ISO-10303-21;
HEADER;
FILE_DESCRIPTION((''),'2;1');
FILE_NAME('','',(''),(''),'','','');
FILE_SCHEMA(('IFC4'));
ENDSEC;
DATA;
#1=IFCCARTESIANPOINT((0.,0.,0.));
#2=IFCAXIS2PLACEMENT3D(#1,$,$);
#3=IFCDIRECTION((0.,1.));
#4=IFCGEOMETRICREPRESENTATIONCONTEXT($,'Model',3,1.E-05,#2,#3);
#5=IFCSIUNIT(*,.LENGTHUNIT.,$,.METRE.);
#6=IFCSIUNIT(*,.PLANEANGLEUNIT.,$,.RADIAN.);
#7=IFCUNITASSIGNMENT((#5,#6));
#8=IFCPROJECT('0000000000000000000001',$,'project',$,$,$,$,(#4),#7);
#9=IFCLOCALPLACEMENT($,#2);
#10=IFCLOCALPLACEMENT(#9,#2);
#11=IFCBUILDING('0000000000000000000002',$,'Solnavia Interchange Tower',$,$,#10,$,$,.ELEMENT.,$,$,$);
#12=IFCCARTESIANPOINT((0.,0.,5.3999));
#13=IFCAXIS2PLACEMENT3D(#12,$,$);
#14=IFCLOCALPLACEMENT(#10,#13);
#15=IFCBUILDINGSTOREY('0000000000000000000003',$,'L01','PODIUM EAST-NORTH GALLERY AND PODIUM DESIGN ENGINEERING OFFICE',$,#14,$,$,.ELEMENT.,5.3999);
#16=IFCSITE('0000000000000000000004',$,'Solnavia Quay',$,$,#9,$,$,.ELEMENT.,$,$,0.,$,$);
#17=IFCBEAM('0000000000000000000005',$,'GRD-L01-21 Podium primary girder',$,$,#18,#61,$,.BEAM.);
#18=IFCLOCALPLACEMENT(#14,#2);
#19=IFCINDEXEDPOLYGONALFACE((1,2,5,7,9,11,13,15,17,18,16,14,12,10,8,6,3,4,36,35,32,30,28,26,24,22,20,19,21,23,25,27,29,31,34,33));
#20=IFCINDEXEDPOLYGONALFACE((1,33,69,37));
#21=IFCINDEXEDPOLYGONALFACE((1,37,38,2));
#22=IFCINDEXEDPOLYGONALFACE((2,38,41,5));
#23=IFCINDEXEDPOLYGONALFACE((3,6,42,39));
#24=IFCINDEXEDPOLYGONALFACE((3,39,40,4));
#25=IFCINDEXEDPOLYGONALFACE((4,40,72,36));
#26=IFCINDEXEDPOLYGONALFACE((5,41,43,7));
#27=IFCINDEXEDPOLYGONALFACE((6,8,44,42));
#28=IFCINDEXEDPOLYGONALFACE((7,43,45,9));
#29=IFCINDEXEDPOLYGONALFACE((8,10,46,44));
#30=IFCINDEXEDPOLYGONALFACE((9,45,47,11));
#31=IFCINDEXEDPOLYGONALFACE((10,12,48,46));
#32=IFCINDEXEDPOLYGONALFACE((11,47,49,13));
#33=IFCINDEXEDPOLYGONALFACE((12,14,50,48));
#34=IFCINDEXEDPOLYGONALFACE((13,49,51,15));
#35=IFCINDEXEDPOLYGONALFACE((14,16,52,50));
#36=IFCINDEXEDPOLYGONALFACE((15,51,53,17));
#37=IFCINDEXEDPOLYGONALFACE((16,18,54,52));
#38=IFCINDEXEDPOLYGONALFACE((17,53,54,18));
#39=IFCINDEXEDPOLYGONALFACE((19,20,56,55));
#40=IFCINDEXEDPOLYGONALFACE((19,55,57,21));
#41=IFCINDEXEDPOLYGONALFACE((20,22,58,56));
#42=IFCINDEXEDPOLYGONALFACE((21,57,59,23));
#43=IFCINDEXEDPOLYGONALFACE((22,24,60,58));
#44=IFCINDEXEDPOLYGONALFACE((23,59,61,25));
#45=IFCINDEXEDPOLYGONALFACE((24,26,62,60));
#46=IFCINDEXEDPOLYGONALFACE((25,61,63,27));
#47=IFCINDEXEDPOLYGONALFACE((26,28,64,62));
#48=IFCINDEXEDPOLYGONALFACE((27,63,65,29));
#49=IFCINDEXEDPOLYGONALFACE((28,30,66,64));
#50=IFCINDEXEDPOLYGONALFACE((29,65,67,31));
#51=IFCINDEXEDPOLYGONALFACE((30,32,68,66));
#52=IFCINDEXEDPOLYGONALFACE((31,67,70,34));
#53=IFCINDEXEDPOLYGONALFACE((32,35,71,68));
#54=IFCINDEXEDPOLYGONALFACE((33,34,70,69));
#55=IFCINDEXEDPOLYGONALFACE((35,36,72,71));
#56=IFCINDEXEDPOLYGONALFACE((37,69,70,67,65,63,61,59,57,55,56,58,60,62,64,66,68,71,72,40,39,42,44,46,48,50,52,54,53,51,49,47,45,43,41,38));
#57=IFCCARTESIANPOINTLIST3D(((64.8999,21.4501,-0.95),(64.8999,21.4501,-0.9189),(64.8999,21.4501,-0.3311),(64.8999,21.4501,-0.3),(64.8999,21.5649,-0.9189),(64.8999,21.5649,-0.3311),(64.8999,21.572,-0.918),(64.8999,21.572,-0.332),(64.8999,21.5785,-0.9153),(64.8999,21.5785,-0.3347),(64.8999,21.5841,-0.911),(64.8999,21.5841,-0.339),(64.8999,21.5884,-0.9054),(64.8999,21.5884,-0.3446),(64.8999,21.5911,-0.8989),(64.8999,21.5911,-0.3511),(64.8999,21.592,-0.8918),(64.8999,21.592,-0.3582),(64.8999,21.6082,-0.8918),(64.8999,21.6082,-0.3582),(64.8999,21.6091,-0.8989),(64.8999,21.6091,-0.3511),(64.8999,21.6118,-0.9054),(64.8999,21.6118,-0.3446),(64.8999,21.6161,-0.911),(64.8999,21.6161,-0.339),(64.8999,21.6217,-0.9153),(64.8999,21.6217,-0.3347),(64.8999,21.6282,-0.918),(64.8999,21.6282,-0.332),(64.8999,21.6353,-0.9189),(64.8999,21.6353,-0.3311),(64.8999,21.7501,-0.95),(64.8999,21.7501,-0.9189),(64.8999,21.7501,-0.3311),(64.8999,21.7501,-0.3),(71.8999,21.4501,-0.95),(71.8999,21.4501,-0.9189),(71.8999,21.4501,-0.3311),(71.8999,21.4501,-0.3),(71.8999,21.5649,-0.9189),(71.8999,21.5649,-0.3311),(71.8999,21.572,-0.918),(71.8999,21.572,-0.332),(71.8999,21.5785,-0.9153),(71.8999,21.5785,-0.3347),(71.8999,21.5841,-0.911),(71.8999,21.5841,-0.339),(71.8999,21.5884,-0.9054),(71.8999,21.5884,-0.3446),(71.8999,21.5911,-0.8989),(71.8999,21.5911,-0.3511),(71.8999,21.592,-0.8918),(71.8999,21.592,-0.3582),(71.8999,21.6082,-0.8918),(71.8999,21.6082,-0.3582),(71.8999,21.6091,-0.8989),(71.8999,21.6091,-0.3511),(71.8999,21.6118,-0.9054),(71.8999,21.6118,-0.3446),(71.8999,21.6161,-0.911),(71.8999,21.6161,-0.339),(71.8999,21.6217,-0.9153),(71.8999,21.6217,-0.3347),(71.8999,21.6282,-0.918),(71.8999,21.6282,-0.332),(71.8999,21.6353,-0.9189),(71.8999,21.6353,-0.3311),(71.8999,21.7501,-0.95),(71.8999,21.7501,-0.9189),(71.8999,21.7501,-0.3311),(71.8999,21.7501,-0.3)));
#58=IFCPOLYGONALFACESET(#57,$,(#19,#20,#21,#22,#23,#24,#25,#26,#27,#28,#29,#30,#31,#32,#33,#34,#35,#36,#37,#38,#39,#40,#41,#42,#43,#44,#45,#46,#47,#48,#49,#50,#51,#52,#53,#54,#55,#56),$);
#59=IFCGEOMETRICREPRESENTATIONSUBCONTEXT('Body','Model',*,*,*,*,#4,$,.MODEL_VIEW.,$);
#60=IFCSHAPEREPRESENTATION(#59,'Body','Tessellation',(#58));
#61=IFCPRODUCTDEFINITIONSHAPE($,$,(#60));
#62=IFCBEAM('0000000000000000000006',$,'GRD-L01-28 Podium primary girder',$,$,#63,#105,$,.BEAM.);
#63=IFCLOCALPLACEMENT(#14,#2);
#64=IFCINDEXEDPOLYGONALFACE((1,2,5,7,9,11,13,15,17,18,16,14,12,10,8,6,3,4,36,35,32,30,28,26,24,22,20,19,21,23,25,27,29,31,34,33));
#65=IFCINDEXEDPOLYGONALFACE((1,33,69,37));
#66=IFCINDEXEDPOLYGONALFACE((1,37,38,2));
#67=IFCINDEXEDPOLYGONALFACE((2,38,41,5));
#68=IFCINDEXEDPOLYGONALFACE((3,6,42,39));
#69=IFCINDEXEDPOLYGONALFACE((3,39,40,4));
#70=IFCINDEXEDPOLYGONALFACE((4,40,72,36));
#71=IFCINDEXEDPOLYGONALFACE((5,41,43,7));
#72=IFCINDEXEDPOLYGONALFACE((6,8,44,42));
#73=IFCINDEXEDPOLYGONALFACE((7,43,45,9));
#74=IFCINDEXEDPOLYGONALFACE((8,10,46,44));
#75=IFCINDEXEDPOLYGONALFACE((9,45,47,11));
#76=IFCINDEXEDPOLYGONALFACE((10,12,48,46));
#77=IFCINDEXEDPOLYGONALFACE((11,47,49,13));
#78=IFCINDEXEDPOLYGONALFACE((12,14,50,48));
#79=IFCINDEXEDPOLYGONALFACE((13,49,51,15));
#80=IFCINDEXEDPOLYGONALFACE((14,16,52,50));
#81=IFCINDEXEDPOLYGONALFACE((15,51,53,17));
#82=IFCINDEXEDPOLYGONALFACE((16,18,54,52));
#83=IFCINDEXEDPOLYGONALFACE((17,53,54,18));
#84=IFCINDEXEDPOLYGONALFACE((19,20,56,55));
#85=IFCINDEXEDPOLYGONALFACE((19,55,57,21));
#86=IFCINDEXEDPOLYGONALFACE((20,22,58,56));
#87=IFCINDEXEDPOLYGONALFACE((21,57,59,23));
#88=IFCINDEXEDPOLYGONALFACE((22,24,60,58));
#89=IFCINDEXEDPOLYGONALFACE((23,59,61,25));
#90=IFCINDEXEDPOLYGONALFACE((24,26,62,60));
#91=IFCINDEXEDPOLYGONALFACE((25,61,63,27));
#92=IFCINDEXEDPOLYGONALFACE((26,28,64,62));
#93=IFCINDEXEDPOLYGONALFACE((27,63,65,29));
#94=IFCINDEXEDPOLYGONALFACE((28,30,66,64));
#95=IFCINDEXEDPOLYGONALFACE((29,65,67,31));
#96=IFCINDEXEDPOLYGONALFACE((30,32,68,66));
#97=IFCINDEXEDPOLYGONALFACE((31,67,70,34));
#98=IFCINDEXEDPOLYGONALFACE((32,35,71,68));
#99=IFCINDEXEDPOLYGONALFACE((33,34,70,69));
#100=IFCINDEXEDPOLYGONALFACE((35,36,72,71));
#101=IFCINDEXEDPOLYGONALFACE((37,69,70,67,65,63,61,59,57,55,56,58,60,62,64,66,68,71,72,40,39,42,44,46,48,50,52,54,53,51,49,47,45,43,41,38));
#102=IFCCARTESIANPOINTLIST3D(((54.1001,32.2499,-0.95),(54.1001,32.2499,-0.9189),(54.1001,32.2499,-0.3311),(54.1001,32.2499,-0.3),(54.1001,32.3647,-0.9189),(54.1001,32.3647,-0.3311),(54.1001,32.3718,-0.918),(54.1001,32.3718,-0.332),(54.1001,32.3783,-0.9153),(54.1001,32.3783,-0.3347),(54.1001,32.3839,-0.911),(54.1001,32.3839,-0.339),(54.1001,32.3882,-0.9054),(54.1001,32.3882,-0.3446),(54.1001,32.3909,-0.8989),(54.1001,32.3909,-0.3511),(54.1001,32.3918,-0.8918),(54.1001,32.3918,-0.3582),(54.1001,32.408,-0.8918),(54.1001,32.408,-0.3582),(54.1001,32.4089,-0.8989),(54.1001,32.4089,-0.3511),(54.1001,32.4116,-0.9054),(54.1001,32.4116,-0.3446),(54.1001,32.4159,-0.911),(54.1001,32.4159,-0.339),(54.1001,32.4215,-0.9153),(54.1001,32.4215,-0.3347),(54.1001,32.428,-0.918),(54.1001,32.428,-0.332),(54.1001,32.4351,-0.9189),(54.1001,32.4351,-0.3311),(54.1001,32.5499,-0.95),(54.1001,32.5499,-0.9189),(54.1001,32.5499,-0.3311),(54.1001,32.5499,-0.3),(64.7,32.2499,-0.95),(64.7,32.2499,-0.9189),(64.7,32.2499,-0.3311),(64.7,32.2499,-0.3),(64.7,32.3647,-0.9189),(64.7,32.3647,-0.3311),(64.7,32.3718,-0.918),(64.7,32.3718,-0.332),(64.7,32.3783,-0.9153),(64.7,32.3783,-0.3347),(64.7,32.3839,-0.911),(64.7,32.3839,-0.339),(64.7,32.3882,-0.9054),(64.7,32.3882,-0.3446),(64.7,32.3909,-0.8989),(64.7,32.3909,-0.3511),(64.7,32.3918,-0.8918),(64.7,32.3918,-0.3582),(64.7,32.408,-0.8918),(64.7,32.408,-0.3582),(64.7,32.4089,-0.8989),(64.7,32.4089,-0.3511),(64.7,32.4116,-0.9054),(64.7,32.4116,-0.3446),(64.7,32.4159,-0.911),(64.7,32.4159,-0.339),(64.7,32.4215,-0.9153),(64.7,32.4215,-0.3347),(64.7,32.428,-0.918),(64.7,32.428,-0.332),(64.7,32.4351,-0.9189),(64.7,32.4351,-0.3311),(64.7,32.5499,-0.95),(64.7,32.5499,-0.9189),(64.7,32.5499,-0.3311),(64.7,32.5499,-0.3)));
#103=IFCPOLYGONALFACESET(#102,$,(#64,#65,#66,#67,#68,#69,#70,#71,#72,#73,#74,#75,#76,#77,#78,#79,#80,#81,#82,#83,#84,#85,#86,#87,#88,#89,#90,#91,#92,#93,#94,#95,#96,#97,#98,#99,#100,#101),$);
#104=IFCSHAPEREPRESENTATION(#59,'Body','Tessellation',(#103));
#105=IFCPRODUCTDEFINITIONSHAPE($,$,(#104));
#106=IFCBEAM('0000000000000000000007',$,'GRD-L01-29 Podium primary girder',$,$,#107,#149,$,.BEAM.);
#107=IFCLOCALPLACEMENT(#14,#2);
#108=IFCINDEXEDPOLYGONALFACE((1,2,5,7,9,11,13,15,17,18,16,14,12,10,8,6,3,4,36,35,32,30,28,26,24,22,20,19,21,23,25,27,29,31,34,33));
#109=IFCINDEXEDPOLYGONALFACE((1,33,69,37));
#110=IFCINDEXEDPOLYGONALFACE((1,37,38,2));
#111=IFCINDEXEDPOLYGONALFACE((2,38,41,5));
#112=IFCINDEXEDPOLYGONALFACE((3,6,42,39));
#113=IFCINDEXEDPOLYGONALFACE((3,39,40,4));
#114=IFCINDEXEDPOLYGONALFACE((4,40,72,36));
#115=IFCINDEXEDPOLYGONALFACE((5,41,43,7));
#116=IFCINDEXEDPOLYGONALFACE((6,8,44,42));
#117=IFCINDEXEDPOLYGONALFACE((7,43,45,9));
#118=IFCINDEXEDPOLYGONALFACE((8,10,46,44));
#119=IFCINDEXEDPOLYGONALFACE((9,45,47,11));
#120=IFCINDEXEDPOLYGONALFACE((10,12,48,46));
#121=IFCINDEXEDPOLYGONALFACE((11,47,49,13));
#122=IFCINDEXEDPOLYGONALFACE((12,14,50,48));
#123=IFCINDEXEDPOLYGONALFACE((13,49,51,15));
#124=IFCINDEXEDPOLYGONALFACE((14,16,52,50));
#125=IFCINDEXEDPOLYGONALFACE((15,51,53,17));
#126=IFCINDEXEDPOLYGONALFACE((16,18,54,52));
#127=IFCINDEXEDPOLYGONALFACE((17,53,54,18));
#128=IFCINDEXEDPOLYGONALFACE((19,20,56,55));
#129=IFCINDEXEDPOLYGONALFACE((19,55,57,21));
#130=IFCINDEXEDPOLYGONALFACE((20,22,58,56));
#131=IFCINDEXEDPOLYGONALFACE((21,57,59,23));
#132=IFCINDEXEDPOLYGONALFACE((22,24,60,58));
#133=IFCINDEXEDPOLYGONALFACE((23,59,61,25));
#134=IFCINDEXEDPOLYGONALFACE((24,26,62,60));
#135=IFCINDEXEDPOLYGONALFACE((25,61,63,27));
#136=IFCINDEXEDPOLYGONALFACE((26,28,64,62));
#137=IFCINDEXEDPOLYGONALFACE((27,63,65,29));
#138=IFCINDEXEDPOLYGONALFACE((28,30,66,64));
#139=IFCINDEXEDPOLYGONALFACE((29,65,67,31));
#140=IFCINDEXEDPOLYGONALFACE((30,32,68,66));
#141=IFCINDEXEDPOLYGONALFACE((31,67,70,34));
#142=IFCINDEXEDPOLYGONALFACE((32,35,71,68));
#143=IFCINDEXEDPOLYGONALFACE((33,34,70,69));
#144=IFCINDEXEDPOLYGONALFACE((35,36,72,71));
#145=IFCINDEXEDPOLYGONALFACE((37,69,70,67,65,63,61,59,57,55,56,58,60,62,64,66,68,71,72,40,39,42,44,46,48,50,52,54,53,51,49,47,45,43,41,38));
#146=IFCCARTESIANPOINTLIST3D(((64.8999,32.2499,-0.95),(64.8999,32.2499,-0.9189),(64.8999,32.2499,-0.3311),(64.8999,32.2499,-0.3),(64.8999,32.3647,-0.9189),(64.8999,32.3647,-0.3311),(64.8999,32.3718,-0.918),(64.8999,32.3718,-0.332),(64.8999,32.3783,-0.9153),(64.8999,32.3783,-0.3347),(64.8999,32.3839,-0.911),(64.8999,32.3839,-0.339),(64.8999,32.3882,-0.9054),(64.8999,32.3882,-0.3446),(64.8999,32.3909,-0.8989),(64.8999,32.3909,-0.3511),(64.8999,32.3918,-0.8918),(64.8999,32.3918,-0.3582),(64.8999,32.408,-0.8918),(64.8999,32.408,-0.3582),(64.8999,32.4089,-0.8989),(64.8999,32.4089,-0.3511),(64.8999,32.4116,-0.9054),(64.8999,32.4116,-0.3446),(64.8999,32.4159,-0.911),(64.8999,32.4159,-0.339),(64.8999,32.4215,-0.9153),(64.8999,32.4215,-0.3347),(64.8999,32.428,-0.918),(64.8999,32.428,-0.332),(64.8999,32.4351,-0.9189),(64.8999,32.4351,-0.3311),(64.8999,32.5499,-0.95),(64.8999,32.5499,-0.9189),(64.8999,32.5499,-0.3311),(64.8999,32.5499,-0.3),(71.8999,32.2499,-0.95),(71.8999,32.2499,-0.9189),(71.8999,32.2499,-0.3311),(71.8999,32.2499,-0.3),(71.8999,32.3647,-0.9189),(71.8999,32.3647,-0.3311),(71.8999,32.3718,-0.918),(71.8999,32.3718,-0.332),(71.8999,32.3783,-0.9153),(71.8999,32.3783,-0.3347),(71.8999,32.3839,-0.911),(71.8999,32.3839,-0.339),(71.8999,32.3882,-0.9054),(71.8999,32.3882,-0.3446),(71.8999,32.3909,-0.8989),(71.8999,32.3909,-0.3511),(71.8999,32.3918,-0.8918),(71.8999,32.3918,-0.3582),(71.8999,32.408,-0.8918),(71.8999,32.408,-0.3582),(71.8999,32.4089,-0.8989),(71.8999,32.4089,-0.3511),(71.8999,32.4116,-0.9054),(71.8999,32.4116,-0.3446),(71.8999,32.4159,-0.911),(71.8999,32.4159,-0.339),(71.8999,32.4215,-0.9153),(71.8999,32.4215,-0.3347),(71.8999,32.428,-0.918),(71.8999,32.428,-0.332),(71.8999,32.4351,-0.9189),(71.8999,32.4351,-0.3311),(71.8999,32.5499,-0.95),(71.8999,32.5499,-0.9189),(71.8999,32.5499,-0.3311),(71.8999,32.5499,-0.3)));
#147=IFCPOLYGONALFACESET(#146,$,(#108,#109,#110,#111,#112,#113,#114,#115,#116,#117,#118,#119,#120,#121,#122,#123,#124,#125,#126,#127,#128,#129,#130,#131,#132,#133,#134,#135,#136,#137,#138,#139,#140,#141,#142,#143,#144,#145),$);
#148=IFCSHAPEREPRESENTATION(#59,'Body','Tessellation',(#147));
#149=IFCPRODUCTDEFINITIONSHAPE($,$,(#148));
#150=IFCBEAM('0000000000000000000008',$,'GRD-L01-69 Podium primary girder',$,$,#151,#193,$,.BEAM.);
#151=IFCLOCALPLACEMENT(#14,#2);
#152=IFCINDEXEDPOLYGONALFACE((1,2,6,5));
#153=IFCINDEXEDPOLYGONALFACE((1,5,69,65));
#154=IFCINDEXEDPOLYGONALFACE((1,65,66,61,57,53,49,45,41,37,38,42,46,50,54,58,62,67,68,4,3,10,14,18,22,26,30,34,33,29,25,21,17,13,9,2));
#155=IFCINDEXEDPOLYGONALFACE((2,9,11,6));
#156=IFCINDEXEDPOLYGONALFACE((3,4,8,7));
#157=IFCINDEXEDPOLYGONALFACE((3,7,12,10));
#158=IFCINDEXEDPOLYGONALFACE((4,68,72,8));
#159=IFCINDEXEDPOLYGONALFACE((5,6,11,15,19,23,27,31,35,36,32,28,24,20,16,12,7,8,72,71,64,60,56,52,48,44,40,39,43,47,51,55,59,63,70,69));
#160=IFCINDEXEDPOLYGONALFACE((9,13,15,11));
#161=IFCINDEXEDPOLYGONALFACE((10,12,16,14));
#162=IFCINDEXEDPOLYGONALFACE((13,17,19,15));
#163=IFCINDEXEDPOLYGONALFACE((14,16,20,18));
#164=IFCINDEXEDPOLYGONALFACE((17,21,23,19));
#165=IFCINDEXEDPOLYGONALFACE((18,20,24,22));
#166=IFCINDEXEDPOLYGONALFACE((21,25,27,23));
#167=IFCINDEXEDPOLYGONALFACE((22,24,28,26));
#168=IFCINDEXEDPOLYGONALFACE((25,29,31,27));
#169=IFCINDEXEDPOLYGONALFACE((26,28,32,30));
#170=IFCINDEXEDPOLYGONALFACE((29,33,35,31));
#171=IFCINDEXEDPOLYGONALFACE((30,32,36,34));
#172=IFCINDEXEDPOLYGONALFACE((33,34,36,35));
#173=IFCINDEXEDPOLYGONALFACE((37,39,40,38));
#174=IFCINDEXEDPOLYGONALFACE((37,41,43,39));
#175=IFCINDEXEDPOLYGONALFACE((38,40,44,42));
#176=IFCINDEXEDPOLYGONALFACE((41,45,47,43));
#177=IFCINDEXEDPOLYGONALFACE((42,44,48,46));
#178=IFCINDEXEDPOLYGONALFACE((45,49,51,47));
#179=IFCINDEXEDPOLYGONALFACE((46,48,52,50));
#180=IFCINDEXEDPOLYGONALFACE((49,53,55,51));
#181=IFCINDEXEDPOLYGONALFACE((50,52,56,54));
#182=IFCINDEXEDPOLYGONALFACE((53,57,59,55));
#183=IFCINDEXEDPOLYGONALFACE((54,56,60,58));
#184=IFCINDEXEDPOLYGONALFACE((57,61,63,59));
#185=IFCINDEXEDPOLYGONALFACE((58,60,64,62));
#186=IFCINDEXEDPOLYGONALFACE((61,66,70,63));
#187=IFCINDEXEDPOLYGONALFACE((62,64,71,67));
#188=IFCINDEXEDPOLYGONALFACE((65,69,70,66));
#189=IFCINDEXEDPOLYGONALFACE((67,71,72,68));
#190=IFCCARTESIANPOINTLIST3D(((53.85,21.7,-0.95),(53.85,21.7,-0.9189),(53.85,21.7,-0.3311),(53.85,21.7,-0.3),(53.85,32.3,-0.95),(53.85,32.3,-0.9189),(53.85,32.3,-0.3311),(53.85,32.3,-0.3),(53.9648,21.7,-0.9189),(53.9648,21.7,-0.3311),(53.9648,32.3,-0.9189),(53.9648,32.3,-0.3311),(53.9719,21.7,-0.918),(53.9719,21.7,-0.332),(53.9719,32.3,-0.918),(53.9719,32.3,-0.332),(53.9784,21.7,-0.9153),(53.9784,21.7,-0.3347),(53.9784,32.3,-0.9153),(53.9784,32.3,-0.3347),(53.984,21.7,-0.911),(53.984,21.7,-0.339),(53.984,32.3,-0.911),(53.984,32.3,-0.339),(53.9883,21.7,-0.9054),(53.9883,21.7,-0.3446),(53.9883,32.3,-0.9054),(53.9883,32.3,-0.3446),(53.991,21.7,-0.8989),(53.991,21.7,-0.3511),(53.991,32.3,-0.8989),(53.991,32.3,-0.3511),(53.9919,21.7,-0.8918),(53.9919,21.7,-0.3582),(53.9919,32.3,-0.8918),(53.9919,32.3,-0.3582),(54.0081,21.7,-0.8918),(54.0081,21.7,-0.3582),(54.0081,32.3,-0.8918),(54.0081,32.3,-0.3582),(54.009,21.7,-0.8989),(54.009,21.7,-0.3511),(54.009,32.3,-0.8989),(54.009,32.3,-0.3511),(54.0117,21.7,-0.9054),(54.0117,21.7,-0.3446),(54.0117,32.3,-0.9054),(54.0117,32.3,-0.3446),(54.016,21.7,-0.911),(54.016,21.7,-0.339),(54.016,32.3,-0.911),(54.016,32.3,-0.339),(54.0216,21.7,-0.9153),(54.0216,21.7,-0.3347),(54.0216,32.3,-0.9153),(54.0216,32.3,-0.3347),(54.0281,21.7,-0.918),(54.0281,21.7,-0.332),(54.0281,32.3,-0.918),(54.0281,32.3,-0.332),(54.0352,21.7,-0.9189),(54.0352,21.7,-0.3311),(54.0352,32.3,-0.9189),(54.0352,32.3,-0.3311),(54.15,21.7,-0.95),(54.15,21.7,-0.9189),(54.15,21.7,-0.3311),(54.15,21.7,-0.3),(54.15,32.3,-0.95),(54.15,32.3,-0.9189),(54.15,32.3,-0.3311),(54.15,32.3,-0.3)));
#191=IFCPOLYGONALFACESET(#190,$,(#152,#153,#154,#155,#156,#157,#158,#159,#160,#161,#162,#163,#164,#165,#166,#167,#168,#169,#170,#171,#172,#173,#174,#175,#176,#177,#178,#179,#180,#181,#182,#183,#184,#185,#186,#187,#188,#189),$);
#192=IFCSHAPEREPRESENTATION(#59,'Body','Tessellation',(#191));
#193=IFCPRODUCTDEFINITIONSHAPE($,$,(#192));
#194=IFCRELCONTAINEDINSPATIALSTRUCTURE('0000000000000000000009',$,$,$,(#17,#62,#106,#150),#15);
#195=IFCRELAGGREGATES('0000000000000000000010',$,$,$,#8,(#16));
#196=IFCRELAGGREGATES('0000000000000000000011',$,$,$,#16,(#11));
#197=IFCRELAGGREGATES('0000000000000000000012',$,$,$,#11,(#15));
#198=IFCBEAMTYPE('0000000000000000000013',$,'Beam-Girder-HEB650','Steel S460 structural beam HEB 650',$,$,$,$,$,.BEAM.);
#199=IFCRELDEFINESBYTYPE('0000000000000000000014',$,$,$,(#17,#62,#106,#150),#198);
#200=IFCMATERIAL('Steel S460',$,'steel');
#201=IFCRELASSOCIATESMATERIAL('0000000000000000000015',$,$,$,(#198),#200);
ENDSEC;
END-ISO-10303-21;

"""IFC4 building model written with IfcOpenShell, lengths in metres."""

from ifc_helpers import new_model, si_unit, direction, frame, origin, origin_2d, place, context, subcontext, project, spatial, i_section, extrude, material, material_profile, profile_set, type_object, element, save


model = new_model("IFC4")

# Units and contexts
model_context = context("Model", 3, precision=1e-05, world=origin(), true_north=direction((0.0, 1.0)))
body_context = subcontext(model_context, "Body", "Model", "MODEL_VIEW")
ifc_project = project(units=[si_unit("LENGTHUNIT", "METRE"), si_unit("PLANEANGLEUNIT", "RADIAN")], contexts=[model_context])

# Site, building, storey
site_placement = place(None, origin())
site = spatial("IfcSite", under=ifc_project, at=site_placement, Name="Solnavia Quay", CompositionType="ELEMENT", RefElevation=0.0)
building_placement = place(site_placement, origin())
building = spatial("IfcBuilding", under=site, at=building_placement, Name="Solnavia Interchange Tower", CompositionType="ELEMENT")
storey_placement = place(building_placement, frame((0.0, 0.0, 5.3999)))
storey = spatial("IfcBuildingStorey", under=building, at=storey_placement, Name="L01", Description="PODIUM EAST-NORTH GALLERY AND PODIUM DESIGN ENGINEERING OFFICE", CompositionType="ELEMENT", Elevation=5.3999)

# Beams
ifc_material_1 = material(Name="Steel S460", Category="steel")
ifc_material_profile_1 = material_profile(ifc_material_1, i_section(OverallWidth=0.3, OverallDepth=0.6499, WebThickness=0.0161, FlangeThickness=0.031, FilletRadius=0.0271, at=origin_2d()), Name="HEB 650")
ifc_profile_set_1 = profile_set([ifc_material_profile_1], Name="Steel S460")
beam_type_1 = type_object("IfcBeamType", Name="Beam-Girder-HEB650", Description="Steel S460 structural beam HEB 650", PredefinedType="BEAM", material=ifc_profile_set_1)
beam_1_placement = place(storey_placement, frame((64.8999, 21.6001, -0.625), z_axis=(1.0, 0.0, 0.0), x_axis=(0.0, 1.0, 0.0)))
element("IfcBeam", 1, at=beam_1_placement, inside=storey, type_object=beam_type_1, Name="GRD-L01-21 Podium primary girder", PredefinedType="BEAM", context=body_context, shape_type="SweptSolid", body=[
    extrude(i_section(OverallWidth=0.3, OverallDepth=0.6499, WebThickness=0.0161, FlangeThickness=0.031, FilletRadius=0.0271, at=origin_2d()), origin(), (0.0, 0.0, 1.0), 7.0),
])
beam_2_placement = place(storey_placement, frame((54.1001, 32.3999, -0.625), z_axis=(1.0, 0.0, 0.0), x_axis=(0.0, 1.0, 0.0)))
element("IfcBeam", 2, at=beam_2_placement, inside=storey, type_object=beam_type_1, Name="GRD-L01-28 Podium primary girder", PredefinedType="BEAM", context=body_context, shape_type="SweptSolid", body=[
    extrude(i_section(OverallWidth=0.3, OverallDepth=0.6499, WebThickness=0.0161, FlangeThickness=0.031, FilletRadius=0.0271, at=origin_2d()), origin(), (0.0, 0.0, 1.0), 10.5999),
])
beam_3_placement = place(storey_placement, frame((64.8999, 32.3999, -0.625), z_axis=(1.0, 0.0, 0.0), x_axis=(0.0, 1.0, 0.0)))
element("IfcBeam", 3, at=beam_3_placement, inside=storey, type_object=beam_type_1, Name="GRD-L01-29 Podium primary girder", PredefinedType="BEAM", context=body_context, shape_type="SweptSolid", body=[
    extrude(i_section(OverallWidth=0.3, OverallDepth=0.6499, WebThickness=0.0161, FlangeThickness=0.031, FilletRadius=0.0271, at=origin_2d()), origin(), (0.0, 0.0, 1.0), 7.0),
])
for number, where, z_axis, x_axis, name in (
    (4, (54.0, 21.7, -0.625), (0.0, 1.0, 0.0), (-1.0, 0.0, 0.0), "GRD-L01-69 Podium primary girder"),
):
    element("IfcBeam", number, at=place(storey_placement, frame(where, z_axis=z_axis, x_axis=x_axis)), inside=storey, type_object=beam_type_1, Name=name, PredefinedType="BEAM", context=body_context, shape_type="SweptSolid", body=[
        extrude(i_section(OverallWidth=0.3, OverallDepth=0.6499, WebThickness=0.0161, FlangeThickness=0.031, FilletRadius=0.0271, at=origin_2d()), origin(), (0.0, 0.0, 1.0), 10.6001),
    ])

save(model, "model.ifc")
